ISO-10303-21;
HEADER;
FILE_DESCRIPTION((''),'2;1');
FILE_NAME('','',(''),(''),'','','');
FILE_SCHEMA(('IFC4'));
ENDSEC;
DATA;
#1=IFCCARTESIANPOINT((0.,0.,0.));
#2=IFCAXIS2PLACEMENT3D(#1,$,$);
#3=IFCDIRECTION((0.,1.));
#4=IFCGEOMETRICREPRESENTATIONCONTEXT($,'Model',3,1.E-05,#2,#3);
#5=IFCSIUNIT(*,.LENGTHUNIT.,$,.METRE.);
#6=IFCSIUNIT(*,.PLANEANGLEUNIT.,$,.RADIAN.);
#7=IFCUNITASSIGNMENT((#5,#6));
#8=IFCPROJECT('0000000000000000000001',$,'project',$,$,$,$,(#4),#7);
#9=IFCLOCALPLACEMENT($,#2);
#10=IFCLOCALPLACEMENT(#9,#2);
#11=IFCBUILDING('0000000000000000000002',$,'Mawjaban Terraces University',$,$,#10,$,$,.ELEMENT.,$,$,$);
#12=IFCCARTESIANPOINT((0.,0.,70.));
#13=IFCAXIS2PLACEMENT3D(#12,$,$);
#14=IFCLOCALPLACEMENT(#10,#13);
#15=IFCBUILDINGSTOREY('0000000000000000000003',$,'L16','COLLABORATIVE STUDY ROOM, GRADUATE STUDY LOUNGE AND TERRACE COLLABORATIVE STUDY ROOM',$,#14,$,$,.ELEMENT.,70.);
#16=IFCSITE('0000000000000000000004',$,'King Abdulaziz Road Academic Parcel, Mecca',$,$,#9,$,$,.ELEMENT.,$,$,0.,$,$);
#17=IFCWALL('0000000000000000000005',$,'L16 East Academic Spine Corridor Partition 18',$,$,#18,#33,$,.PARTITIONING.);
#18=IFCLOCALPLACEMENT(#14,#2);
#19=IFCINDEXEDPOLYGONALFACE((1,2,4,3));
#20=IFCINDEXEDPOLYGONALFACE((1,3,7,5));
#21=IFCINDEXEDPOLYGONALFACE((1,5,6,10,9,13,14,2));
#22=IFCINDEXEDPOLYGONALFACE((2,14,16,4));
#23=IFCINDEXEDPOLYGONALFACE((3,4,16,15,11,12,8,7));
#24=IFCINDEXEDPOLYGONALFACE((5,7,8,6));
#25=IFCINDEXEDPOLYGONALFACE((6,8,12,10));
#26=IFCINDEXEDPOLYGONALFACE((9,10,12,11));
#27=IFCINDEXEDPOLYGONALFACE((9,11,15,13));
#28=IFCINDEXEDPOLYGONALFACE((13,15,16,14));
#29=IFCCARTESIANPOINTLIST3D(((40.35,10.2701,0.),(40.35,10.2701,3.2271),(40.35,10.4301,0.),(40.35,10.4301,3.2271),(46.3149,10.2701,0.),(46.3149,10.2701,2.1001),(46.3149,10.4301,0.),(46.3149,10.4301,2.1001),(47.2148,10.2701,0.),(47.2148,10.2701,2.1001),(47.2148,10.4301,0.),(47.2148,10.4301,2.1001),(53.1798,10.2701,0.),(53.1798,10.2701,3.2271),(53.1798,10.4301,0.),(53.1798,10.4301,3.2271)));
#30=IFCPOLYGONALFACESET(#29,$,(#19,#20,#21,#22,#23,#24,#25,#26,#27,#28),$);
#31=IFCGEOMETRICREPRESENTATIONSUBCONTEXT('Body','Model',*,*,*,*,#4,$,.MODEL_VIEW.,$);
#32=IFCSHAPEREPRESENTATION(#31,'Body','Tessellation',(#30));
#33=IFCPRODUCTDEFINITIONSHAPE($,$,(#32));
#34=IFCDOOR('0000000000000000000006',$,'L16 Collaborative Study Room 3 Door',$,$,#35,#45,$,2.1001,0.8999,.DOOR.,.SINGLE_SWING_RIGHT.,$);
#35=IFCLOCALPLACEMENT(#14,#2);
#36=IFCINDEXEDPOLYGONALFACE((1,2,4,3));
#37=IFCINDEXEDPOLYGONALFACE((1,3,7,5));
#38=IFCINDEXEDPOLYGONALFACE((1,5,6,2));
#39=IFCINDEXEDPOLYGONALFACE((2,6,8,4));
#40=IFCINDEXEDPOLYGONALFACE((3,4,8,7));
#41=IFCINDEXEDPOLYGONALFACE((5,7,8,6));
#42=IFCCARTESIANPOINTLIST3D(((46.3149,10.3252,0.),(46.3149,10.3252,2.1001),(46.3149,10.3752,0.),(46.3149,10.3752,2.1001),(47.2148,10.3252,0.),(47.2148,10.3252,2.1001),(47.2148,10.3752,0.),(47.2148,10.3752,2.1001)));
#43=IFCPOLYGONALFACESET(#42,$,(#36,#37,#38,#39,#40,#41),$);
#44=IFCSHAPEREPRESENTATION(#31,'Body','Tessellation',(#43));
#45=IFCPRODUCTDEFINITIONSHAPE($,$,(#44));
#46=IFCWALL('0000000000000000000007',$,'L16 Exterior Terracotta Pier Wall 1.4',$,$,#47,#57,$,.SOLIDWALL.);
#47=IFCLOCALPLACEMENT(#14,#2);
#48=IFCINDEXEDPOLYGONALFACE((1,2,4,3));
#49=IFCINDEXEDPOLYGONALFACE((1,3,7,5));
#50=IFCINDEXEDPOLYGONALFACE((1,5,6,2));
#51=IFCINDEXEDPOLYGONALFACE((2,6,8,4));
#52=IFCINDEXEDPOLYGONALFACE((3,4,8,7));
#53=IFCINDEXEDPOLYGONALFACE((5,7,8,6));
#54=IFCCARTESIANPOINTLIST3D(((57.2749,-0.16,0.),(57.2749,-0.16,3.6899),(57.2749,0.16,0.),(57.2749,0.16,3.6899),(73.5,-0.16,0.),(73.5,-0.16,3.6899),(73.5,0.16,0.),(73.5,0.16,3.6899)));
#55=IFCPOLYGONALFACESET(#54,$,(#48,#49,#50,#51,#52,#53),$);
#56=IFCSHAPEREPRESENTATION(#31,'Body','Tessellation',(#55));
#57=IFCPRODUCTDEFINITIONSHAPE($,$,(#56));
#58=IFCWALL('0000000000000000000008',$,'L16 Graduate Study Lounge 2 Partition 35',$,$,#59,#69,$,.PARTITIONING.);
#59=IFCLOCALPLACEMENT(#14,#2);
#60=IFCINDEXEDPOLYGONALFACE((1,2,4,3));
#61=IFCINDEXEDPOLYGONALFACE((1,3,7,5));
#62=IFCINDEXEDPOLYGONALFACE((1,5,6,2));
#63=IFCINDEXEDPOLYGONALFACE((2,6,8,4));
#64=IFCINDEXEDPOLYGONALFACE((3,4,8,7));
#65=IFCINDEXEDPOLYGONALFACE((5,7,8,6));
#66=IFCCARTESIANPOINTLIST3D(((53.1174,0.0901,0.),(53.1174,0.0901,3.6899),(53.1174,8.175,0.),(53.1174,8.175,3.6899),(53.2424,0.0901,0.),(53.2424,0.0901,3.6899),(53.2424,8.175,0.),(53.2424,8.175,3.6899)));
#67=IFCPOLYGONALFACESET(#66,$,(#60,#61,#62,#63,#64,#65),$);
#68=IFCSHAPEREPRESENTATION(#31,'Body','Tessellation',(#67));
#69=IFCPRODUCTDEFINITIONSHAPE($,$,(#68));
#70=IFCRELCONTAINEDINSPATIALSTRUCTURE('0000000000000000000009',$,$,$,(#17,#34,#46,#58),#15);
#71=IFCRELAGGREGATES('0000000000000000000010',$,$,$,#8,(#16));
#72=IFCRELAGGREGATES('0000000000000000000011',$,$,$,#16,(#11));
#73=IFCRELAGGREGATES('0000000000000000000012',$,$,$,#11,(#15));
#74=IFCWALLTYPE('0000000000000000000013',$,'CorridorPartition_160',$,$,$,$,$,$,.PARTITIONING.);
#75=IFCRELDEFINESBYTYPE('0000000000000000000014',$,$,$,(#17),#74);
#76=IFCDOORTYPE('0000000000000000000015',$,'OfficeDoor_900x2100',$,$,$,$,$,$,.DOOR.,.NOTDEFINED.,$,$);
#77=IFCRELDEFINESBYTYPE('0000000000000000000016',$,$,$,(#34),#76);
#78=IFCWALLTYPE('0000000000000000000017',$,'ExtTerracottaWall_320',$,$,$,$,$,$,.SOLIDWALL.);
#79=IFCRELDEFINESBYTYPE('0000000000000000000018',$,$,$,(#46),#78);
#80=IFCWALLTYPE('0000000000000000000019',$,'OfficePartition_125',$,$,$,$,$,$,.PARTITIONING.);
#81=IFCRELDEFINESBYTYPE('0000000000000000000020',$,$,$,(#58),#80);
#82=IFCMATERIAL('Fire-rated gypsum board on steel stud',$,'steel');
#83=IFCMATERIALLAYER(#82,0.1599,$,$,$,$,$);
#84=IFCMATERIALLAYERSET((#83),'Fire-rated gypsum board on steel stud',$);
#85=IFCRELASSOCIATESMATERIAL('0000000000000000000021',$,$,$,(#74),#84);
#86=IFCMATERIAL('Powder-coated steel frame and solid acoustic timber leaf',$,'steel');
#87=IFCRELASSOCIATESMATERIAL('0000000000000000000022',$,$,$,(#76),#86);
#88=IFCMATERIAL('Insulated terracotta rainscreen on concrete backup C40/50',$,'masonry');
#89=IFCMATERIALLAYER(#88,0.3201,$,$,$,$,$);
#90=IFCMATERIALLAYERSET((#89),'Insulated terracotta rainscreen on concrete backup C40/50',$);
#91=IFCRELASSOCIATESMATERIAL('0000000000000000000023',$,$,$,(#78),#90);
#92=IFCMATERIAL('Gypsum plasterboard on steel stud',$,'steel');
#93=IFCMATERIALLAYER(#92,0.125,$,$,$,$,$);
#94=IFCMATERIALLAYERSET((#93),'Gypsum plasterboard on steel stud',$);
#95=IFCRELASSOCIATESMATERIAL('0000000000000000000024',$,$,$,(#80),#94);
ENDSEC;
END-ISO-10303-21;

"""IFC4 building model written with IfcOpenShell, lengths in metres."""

from ifc_helpers import new_model, si_unit, direction, frame, frame_2d, origin, place, context, subcontext, project, spatial, rectangle, extrude, material, layer, layer_set, type_object, element, fill, save


model = new_model("IFC4")

# Units and contexts
model_context = context("Model", 3, precision=1e-05, world=origin(), true_north=direction((0.0, 1.0)))
body_context = subcontext(model_context, "Body", "Model", "MODEL_VIEW")
ifc_project = project(units=[si_unit("LENGTHUNIT", "METRE"), si_unit("PLANEANGLEUNIT", "RADIAN")], contexts=[model_context])

# Site, building, storey
site_placement = place(None, origin())
site = spatial("IfcSite", under=ifc_project, at=site_placement, Name="King Abdulaziz Road Academic Parcel, Mecca", CompositionType="ELEMENT", RefElevation=0.0)
building_placement = place(site_placement, origin())
building = spatial("IfcBuilding", under=site, at=building_placement, Name="Mawjaban Terraces University", CompositionType="ELEMENT")
storey_placement = place(building_placement, frame((0.0, 0.0, 70.0)))
storey = spatial("IfcBuildingStorey", under=building, at=storey_placement, Name="L16", Description="COLLABORATIVE STUDY ROOM, GRADUATE STUDY LOUNGE AND TERRACE COLLABORATIVE STUDY ROOM", CompositionType="ELEMENT", Elevation=70.0)

# Wall, opening, door
ifc_material_1 = material(Name="Fire-rated gypsum board on steel stud", Category="steel")
ifc_layer_1 = layer(ifc_material_1, 0.1599)
ifc_layer_set_1 = layer_set([ifc_layer_1], Name="Fire-rated gypsum board on steel stud")
wall_type_1 = type_object("IfcWallType", Name="CorridorPartition_160", PredefinedType="PARTITIONING", material=ifc_layer_set_1)
ifc_material_2 = material(Name="Powder-coated steel frame and solid acoustic timber leaf", Category="steel")
door_type = type_object("IfcDoorType", Name="OfficeDoor_900x2100", OperationType="NOTDEFINED", PredefinedType="DOOR", material=ifc_material_2)
wall_1_placement = place(storey_placement, frame((53.1799, 10.3501, 0.0), z_axis=(0.0, 0.0, 1.0), x_axis=(-1.0, 0.0, 0.0)))
wall_1 = element("IfcWall", 1, at=wall_1_placement, inside=storey, type_object=wall_type_1, Name="L16 East Academic Spine Corridor Partition 18", PredefinedType="PARTITIONING", context=body_context, shape_type="SweptSolid", body=[
    extrude(rectangle(XDim=12.8298, YDim=0.1599, at=frame_2d((6.415, 0.0))), origin(), (0.0, 0.0, 1.0), 3.2271),
])
opening_1_placement = place(wall_1_placement, frame((5.9651, 0.0, 0.0)))
opening_1 = element("IfcOpeningElement", 2, at=opening_1_placement, cuts=wall_1, PredefinedType="OPENING", context=body_context, shape_type="SweptSolid", body=[
    extrude(rectangle(XDim=0.8999, YDim=2.1001, at=frame_2d((0.45, 1.05))), frame((0.0, 0.0898, 0.0), z_axis=(0.0, -1.0, 0.0), x_axis=(1.0, 0.0, 0.0)), (0.0, 0.0, 1.0), 0.1799),
])
door_1_placement = place(opening_1_placement, origin())
door_1 = element("IfcDoor", 3, at=door_1_placement, inside=storey, type_object=door_type, Name="L16 Collaborative Study Room 3 Door", OperationType="SINGLE_SWING_RIGHT", OverallHeight=2.1001, OverallWidth=0.8999, PredefinedType="DOOR", context=body_context, shape_type="SweptSolid", body=[
    extrude(rectangle(XDim=0.8999, YDim=2.1001, at=frame_2d((0.45, 1.05))), frame((0.0, 0.0249, 0.0), z_axis=(0.0, -1.0, 0.0), x_axis=(1.0, 0.0, 0.0)), (0.0, 0.0, 1.0), 0.05),
])
fill(opening_1, door_1)

# Walls
ifc_material_3 = material(Name="Insulated terracotta rainscreen on concrete backup C40/50", Category="masonry")
ifc_layer_2 = layer(ifc_material_3, 0.3201)
ifc_layer_set_2 = layer_set([ifc_layer_2], Name="Insulated terracotta rainscreen on concrete backup C40/50")
wall_type_2 = type_object("IfcWallType", Name="ExtTerracottaWall_320", PredefinedType="SOLIDWALL", material=ifc_layer_set_2)
wall_2_placement = place(storey_placement, frame((57.2749, 0.0, 0.0), z_axis=(0.0, 0.0, 1.0), x_axis=(1.0, 0.0, 0.0)))
element("IfcWall", 4, at=wall_2_placement, inside=storey, type_object=wall_type_2, Name="L16 Exterior Terracotta Pier Wall 1.4", PredefinedType="SOLIDWALL", context=body_context, shape_type="SweptSolid", body=[
    extrude(rectangle(XDim=16.2251, YDim=0.3201, at=frame_2d((8.1125, 0.0))), origin(), (0.0, 0.0, 1.0), 3.6899),
])
ifc_material_4 = material(Name="Gypsum plasterboard on steel stud", Category="steel")
ifc_layer_3 = layer(ifc_material_4, 0.125)
ifc_layer_set_3 = layer_set([ifc_layer_3], Name="Gypsum plasterboard on steel stud")
wall_type_3 = type_object("IfcWallType", Name="OfficePartition_125", PredefinedType="PARTITIONING", material=ifc_layer_set_3)
wall_3_placement = place(storey_placement, frame((53.1799, 0.0901, 0.0), z_axis=(0.0, 0.0, 1.0), x_axis=(0.0, 1.0, 0.0)))
element("IfcWall", 5, at=wall_3_placement, inside=storey, type_object=wall_type_3, Name="L16 Graduate Study Lounge 2 Partition 35", PredefinedType="PARTITIONING", context=body_context, shape_type="SweptSolid", body=[
    extrude(rectangle(XDim=8.085, YDim=0.125, at=frame_2d((4.0425, 0.0))), origin(), (0.0, 0.0, 1.0), 3.6899),
])

save(model, "model.ifc")
